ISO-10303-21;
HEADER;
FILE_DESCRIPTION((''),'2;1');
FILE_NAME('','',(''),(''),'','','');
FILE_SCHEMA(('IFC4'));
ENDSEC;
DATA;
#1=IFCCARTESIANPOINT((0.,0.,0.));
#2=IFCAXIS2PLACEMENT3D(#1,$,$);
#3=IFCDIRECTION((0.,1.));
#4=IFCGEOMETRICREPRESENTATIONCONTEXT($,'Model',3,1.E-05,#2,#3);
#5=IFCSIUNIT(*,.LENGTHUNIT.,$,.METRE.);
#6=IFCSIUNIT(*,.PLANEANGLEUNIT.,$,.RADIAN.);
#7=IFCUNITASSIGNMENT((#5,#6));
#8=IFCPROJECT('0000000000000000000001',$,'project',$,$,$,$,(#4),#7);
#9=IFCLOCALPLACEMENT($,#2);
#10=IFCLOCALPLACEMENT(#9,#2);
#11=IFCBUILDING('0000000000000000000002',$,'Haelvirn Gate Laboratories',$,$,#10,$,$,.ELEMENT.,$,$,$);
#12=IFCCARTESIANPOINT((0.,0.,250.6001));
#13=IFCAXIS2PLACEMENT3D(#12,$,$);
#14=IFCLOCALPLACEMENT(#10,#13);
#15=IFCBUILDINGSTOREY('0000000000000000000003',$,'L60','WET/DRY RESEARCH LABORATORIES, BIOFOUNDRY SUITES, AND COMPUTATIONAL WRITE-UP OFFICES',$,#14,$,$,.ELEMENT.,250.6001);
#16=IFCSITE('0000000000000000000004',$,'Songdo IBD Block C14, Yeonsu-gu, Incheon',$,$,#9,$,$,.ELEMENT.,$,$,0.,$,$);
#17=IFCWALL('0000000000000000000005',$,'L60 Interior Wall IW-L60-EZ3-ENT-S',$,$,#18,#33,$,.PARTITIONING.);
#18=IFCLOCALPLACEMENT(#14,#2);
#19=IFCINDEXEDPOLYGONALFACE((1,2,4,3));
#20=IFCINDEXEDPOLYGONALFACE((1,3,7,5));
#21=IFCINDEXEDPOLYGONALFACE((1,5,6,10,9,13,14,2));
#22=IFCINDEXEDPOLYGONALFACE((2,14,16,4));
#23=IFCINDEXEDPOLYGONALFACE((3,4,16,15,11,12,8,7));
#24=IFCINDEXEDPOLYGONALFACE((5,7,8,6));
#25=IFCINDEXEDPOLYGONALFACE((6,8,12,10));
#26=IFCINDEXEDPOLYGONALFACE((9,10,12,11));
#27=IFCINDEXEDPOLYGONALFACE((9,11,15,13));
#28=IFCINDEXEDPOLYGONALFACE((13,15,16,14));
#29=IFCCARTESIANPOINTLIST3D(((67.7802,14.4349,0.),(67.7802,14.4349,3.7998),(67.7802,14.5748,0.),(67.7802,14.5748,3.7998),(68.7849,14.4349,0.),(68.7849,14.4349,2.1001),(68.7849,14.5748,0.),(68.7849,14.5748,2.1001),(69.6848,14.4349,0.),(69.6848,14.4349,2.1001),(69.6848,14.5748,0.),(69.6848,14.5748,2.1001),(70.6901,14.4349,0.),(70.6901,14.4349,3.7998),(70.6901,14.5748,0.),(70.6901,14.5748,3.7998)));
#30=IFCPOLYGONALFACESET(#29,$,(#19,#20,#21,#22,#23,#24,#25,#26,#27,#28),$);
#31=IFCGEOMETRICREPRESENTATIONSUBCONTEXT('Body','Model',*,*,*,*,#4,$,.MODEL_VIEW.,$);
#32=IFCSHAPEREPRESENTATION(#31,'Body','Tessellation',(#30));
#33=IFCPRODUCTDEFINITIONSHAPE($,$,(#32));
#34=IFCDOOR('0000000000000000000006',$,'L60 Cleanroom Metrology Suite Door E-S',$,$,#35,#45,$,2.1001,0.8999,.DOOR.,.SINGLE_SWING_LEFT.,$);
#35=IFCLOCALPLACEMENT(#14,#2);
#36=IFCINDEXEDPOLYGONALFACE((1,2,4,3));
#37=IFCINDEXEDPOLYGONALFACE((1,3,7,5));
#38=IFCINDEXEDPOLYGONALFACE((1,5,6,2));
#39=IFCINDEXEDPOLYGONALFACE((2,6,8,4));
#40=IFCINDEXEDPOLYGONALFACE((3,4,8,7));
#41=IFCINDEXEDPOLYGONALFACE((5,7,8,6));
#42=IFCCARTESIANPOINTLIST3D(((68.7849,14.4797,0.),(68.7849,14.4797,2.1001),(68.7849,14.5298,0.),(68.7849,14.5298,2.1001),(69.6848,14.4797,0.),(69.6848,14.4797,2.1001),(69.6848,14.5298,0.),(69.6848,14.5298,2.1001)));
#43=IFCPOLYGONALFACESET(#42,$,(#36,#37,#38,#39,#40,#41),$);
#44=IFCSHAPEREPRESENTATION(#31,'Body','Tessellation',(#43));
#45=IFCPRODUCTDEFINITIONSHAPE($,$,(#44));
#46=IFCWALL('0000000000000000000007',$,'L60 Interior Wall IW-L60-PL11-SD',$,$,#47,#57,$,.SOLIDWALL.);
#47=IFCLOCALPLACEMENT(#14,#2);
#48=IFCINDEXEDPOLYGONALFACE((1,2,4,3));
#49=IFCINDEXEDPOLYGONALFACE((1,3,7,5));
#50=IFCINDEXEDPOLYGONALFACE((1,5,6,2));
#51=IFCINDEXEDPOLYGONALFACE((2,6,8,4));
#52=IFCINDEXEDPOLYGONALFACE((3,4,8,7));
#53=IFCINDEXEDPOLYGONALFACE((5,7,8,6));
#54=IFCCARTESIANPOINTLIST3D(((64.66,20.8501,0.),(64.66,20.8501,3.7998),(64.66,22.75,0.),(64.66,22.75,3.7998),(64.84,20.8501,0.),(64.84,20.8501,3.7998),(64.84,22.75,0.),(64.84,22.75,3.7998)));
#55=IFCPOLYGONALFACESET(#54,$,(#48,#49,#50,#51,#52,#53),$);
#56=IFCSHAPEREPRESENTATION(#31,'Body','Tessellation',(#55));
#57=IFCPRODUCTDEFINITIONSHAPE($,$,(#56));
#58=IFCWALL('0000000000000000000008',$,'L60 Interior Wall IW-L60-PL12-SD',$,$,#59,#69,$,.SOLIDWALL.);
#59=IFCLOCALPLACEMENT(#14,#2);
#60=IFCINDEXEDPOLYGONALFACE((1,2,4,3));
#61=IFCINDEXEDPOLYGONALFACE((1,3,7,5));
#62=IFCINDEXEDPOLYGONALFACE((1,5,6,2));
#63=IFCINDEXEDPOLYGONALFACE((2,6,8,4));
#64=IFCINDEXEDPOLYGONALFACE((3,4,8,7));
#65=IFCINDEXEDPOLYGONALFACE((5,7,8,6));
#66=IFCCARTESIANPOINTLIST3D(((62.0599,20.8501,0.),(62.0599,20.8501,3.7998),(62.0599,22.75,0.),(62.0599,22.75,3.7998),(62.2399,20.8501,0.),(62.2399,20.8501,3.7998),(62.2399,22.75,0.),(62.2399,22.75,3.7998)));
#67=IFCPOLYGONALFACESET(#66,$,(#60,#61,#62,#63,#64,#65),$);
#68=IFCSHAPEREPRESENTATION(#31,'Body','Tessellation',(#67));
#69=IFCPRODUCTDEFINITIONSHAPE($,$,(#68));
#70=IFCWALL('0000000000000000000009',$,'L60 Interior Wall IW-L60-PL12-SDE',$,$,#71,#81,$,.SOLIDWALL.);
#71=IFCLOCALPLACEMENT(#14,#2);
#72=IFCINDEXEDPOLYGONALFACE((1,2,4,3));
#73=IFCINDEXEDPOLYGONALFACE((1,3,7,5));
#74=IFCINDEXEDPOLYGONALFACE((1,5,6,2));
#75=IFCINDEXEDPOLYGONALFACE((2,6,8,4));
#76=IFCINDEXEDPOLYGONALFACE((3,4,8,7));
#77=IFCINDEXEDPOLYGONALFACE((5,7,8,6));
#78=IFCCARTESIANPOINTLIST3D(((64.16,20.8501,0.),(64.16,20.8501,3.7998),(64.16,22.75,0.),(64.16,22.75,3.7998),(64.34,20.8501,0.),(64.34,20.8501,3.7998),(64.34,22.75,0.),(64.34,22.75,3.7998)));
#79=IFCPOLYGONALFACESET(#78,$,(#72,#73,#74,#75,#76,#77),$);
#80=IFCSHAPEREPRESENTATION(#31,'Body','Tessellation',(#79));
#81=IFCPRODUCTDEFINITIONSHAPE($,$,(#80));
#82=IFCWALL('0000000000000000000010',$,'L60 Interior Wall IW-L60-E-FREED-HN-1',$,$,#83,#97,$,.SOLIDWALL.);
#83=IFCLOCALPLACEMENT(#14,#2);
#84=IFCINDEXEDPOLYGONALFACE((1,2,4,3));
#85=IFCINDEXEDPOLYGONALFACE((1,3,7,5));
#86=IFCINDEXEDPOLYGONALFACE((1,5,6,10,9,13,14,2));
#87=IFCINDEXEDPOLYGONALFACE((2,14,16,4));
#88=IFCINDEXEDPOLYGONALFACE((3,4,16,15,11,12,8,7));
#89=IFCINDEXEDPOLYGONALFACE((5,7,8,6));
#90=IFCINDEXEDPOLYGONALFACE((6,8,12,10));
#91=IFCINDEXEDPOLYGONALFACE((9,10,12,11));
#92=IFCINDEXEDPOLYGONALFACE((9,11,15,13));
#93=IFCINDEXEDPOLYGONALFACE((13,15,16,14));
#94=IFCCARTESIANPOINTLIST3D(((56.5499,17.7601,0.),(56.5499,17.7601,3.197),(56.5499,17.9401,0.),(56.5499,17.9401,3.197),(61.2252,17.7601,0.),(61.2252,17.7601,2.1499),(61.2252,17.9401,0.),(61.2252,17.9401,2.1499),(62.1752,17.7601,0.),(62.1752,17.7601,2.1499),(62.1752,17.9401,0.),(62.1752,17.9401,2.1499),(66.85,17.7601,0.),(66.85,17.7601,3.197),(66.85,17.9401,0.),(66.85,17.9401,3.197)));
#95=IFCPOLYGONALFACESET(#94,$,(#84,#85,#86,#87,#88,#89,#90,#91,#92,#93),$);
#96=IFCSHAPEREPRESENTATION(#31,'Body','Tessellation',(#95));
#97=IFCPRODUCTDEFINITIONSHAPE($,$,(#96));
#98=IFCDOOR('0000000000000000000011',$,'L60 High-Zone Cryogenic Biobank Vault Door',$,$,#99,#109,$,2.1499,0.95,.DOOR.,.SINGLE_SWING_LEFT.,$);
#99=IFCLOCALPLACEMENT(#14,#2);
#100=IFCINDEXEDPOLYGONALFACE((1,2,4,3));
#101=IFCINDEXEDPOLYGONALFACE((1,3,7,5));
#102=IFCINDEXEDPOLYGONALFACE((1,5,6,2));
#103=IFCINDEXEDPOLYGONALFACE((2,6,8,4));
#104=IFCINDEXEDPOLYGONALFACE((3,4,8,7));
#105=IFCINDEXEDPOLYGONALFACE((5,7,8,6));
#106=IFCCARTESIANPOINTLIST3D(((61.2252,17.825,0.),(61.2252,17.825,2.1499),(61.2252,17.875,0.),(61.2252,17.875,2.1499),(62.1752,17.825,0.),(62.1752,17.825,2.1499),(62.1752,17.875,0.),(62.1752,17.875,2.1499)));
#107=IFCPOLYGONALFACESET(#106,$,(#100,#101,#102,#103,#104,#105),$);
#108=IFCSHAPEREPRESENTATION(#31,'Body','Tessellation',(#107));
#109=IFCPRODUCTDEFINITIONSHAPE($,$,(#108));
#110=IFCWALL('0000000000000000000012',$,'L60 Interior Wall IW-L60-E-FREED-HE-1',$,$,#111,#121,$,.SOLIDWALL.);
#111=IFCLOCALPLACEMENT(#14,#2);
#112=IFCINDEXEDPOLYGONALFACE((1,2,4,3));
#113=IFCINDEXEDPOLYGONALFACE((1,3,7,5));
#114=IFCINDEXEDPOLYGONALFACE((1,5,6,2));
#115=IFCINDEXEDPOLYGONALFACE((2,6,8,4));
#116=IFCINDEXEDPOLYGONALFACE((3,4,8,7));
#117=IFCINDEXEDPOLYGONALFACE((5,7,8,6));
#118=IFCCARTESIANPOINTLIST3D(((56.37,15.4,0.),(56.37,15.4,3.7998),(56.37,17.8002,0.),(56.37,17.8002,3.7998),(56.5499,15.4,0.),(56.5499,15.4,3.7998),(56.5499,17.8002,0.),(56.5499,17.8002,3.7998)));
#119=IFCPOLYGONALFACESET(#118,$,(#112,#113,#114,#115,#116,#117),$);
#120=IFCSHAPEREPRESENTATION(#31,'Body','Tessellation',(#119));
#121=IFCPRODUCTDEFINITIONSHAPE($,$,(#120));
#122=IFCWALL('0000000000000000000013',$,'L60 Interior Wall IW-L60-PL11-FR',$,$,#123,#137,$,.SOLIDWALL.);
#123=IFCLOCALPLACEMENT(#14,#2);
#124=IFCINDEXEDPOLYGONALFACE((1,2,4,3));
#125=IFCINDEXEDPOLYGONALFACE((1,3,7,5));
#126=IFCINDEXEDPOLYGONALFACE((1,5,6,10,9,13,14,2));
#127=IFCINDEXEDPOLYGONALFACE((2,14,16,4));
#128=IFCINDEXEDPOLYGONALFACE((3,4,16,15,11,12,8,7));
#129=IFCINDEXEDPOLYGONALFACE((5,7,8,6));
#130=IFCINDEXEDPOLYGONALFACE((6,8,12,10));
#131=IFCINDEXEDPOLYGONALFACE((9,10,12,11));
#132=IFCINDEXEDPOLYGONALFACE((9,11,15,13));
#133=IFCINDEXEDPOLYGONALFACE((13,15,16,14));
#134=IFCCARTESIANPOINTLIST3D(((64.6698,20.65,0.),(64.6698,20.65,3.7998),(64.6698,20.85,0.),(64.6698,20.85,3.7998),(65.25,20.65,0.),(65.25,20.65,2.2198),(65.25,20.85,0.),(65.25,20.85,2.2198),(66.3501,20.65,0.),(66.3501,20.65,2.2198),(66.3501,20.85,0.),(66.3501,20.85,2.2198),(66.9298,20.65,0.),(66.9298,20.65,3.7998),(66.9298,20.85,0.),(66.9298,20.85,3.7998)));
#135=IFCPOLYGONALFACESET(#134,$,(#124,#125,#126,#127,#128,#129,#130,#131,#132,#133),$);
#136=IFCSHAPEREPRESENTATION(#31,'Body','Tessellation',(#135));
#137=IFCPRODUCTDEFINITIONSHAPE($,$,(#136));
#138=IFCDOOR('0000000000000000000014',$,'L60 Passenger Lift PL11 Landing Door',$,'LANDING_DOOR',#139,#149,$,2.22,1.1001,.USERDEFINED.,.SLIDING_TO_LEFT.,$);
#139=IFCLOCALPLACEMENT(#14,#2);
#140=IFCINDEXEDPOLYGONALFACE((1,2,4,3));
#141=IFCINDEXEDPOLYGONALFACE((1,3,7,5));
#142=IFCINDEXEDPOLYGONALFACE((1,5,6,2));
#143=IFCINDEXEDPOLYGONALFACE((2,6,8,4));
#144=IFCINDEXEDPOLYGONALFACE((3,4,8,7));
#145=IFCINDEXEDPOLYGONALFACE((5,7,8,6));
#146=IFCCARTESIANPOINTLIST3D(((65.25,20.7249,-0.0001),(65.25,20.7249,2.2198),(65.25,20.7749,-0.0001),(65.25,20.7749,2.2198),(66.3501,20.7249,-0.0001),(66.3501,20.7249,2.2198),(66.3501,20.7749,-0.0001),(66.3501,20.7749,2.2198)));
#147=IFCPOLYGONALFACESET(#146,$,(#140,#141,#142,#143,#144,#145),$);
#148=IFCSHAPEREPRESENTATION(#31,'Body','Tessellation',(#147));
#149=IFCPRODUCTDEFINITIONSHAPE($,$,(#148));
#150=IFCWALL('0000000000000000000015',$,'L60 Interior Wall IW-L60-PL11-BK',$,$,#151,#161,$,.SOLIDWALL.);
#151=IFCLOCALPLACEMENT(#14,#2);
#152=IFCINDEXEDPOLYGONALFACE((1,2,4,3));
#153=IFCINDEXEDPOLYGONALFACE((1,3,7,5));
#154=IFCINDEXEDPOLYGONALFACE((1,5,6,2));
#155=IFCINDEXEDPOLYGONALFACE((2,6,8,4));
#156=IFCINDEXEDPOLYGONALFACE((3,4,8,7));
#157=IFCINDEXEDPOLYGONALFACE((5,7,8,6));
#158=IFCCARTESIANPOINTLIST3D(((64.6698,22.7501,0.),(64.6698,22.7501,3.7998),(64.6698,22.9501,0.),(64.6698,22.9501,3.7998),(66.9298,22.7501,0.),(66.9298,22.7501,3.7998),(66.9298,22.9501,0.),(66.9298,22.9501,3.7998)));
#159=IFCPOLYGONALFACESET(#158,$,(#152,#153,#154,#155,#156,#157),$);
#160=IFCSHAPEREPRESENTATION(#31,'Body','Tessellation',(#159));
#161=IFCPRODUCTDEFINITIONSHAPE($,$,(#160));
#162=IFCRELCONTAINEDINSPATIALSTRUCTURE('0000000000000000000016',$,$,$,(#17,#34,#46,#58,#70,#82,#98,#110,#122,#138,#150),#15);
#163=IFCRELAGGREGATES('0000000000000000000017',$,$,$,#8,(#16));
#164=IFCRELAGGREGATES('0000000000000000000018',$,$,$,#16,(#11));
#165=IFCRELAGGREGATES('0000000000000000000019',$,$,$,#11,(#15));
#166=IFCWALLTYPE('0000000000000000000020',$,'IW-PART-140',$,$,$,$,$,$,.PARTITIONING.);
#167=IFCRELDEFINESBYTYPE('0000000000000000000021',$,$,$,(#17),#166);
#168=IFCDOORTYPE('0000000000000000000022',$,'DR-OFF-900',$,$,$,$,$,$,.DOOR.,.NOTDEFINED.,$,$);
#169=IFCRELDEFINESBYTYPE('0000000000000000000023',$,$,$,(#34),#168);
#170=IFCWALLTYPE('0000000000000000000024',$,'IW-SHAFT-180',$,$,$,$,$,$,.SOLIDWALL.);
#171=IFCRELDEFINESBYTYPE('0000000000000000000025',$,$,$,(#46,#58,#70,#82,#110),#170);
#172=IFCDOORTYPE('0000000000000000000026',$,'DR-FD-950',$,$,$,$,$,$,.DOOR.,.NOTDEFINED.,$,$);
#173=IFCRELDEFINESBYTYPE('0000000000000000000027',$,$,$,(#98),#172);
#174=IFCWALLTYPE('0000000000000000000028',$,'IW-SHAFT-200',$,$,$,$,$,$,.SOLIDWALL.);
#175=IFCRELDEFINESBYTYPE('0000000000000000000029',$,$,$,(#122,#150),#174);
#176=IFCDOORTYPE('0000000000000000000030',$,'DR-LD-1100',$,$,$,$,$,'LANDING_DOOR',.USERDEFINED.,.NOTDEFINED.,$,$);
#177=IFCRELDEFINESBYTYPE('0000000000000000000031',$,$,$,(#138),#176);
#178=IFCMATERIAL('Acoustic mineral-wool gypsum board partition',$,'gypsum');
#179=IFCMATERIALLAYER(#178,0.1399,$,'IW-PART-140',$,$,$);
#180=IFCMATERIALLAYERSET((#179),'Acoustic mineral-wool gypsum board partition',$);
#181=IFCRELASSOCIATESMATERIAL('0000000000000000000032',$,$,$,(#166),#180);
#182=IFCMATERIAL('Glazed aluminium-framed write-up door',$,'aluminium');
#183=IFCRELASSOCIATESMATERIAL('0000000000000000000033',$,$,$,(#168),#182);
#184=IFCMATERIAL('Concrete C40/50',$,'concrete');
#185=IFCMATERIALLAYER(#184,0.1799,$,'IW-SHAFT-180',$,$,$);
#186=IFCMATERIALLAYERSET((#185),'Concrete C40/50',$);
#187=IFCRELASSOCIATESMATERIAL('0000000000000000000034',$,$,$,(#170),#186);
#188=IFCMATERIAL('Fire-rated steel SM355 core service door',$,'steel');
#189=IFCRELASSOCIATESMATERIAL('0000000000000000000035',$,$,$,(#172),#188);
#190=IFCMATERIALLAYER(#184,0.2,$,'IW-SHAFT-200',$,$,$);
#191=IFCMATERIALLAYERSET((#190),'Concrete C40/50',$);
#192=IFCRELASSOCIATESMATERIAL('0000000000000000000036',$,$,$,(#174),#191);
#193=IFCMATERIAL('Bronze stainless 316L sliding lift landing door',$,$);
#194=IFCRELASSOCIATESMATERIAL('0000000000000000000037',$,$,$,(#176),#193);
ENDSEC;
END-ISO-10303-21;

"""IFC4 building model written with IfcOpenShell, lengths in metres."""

from ifc_helpers import new_model, si_unit, direction, frame, frame_2d, origin, place, context, subcontext, project, spatial, rectangle, extrude, source, transform, mapped, material, layer, layer_set, type_object, type_shapes, element, fill, save


model = new_model("IFC4")

# Units and contexts
model_context = context("Model", 3, precision=1e-05, world=origin(), true_north=direction((0.0, 1.0)))
body_context = subcontext(model_context, "Body", "Model", "MODEL_VIEW")
ifc_project = project(units=[si_unit("LENGTHUNIT", "METRE"), si_unit("PLANEANGLEUNIT", "RADIAN")], contexts=[model_context])

# Site, building, storey
site_placement = place(None, origin())
site = spatial("IfcSite", under=ifc_project, at=site_placement, Name="Songdo IBD Block C14, Yeonsu-gu, Incheon", CompositionType="ELEMENT", RefElevation=0.0)
building_placement = place(site_placement, origin())
building = spatial("IfcBuilding", under=site, at=building_placement, Name="Haelvirn Gate Laboratories", CompositionType="ELEMENT")
storey_placement = place(building_placement, frame((0.0, 0.0, 250.6001)))
storey = spatial("IfcBuildingStorey", under=building, at=storey_placement, Name="L60", Description="WET/DRY RESEARCH LABORATORIES, BIOFOUNDRY SUITES, AND COMPUTATIONAL WRITE-UP OFFICES", CompositionType="ELEMENT", Elevation=250.6001)

# Wall, opening, door
ifc_material_1 = material(Name="Acoustic mineral-wool gypsum board partition", Category="gypsum")
ifc_layer_1 = layer(ifc_material_1, 0.1399, Name="IW-PART-140")
ifc_layer_set_1 = layer_set([ifc_layer_1], Name="Acoustic mineral-wool gypsum board partition")
wall_type_1 = type_object("IfcWallType", Name="IW-PART-140", PredefinedType="PARTITIONING", material=ifc_layer_set_1)
wall_1_placement = place(storey_placement, frame((67.78, 14.5049, 0.0), z_axis=(0.0, 0.0, 1.0), x_axis=(1.0, 0.0, 0.0)))
wall_1 = element("IfcWall", 1, at=wall_1_placement, inside=storey, type_object=wall_type_1, Name="L60 Interior Wall IW-L60-EZ3-ENT-S", PredefinedType="PARTITIONING", context=body_context, shape_type="SweptSolid", body=[
    extrude(rectangle(XDim=2.9099, YDim=0.1399, at=frame_2d((1.4551, 0.0))), origin(), (0.0, 0.0, 1.0), 3.7998),
])
opening_1_placement = place(wall_1_placement, frame((1.0049, 0.0, 0.0)))
opening_1 = element("IfcOpeningElement", 2, at=opening_1_placement, cuts=wall_1, PredefinedType="OPENING", context=body_context, shape_type="SweptSolid", body=[
    extrude(rectangle(XDim=0.8999, YDim=2.1001, at=frame_2d((0.45, 1.05))), frame((0.0, 0.0801, 0.0), z_axis=(0.0, -1.0, 0.0), x_axis=(1.0, 0.0, 0.0)), (0.0, 0.0, 1.0), 0.1599),
])
ifc_material_2 = material(Name="Glazed aluminium-framed write-up door", Category="aluminium")
door_type_1 = type_object("IfcDoorType", Name="DR-OFF-900", OperationType="NOTDEFINED", PredefinedType="DOOR", material=ifc_material_2)
shared_shape_1 = source(origin(), body_context, "Body", "SweptSolid", [
    extrude(rectangle(XDim=0.8999, YDim=2.1001, at=frame_2d((0.45, 1.05))), frame((0.0, 0.0249, 0.0), z_axis=(0.0, -1.0, 0.0), x_axis=(1.0, 0.0, 0.0)), (0.0, 0.0, 1.0), 0.05),
])
type_shapes(door_type_1, [shared_shape_1])
door_1_placement = place(opening_1_placement, origin())
door_1 = element("IfcDoor", 3, at=door_1_placement, inside=storey, type_object=door_type_1, Name="L60 Cleanroom Metrology Suite Door E-S", OperationType="SINGLE_SWING_LEFT", OverallHeight=2.1001, OverallWidth=0.8999, PredefinedType="DOOR", context=body_context, shape_type="MappedRepresentation", body=[
    mapped(shared_shape_1, transform((0.0, 0.0, 0.0), scale=1.0)),
])
fill(opening_1, door_1)

# Walls
ifc_material_3 = material(Name="Concrete C40/50", Category="concrete")
ifc_layer_2 = layer(ifc_material_3, 0.1799, Name="IW-SHAFT-180")
ifc_layer_set_2 = layer_set([ifc_layer_2], Name="Concrete C40/50")
wall_type_2 = type_object("IfcWallType", Name="IW-SHAFT-180", PredefinedType="SOLIDWALL", material=ifc_layer_set_2)
for number, where, z_axis, x_axis, name in (
    (4, (64.75, 20.8501, 0.0), (0.0, 0.0, 1.0), (0.0, 1.0, 0.0), "L60 Interior Wall IW-L60-PL11-SD"),
    (5, (62.1499, 20.8501, 0.0), (0.0, 0.0, 1.0), (0.0, 1.0, 0.0), "L60 Interior Wall IW-L60-PL12-SD"),
    (6, (64.25, 20.8501, 0.0), (0.0, 0.0, 1.0), (0.0, 1.0, 0.0), "L60 Interior Wall IW-L60-PL12-SDE"),
):
    element("IfcWall", number, at=place(storey_placement, frame(where, z_axis=z_axis, x_axis=x_axis)), inside=storey, type_object=wall_type_2, Name=name, PredefinedType="SOLIDWALL", context=body_context, shape_type="SweptSolid", body=[
        extrude(rectangle(XDim=1.8999, YDim=0.1799, at=frame_2d((0.95, 0.0))), origin(), (0.0, 0.0, 1.0), 3.7998),
    ])

# Wall, opening, door
wall_2_placement = place(storey_placement, frame((56.55, 17.8501, 0.0), z_axis=(0.0, 0.0, 1.0), x_axis=(1.0, 0.0, 0.0)))
wall_2 = element("IfcWall", 7, at=wall_2_placement, inside=storey, type_object=wall_type_2, Name="L60 Interior Wall IW-L60-E-FREED-HN-1", PredefinedType="SOLIDWALL", context=body_context, shape_type="SweptSolid", body=[
    extrude(rectangle(XDim=10.3, YDim=0.1799, at=frame_2d((5.1499, 0.0))), origin(), (0.0, 0.0, 1.0), 3.197),
])
opening_2_placement = place(wall_2_placement, frame((4.675, 0.0, 0.0)))
opening_2 = element("IfcOpeningElement", 8, at=opening_2_placement, cuts=wall_2, PredefinedType="OPENING", context=body_context, shape_type="SweptSolid", body=[
    extrude(rectangle(XDim=0.95, YDim=2.1499, at=frame_2d((0.4751, 1.075))), frame((0.0, 0.1001, 0.0), z_axis=(0.0, -1.0, 0.0), x_axis=(1.0, 0.0, 0.0)), (0.0, 0.0, 1.0), 0.2),
])
ifc_material_4 = material(Name="Fire-rated steel SM355 core service door", Category="steel")
door_type_2 = type_object("IfcDoorType", Name="DR-FD-950", OperationType="NOTDEFINED", PredefinedType="DOOR", material=ifc_material_4)
shared_shape_2 = source(origin(), body_context, "Body", "SweptSolid", [
    extrude(rectangle(XDim=0.95, YDim=2.1499, at=frame_2d((0.4751, 1.075))), frame((0.0, 0.0249, 0.0), z_axis=(0.0, -1.0, 0.0), x_axis=(1.0, 0.0, 0.0)), (0.0, 0.0, 1.0), 0.05),
])
type_shapes(door_type_2, [shared_shape_2])
door_2_placement = place(opening_2_placement, origin())
door_2 = element("IfcDoor", 9, at=door_2_placement, inside=storey, type_object=door_type_2, Name="L60 High-Zone Cryogenic Biobank Vault Door", OperationType="SINGLE_SWING_LEFT", OverallHeight=2.1499, OverallWidth=0.95, PredefinedType="DOOR", context=body_context, shape_type="MappedRepresentation", body=[
    mapped(shared_shape_2, transform((0.0, 0.0, 0.0), scale=1.0)),
])
fill(opening_2, door_2)

# Wall
wall_3_placement = place(storey_placement, frame((56.46, 15.3999, 0.0), z_axis=(0.0, 0.0, 1.0), x_axis=(0.0, 1.0, 0.0)))
element("IfcWall", 10, at=wall_3_placement, inside=storey, type_object=wall_type_2, Name="L60 Interior Wall IW-L60-E-FREED-HE-1", PredefinedType="SOLIDWALL", context=body_context, shape_type="SweptSolid", body=[
    extrude(rectangle(XDim=2.4001, YDim=0.1799, at=frame_2d((1.2002, 0.0))), origin(), (0.0, 0.0, 1.0), 3.7998),
])

# Wall, opening, door
ifc_layer_3 = layer(ifc_material_3, 0.2, Name="IW-SHAFT-200")
ifc_layer_set_3 = layer_set([ifc_layer_3], Name="Concrete C40/50")
wall_type_3 = type_object("IfcWallType", Name="IW-SHAFT-200", PredefinedType="SOLIDWALL", material=ifc_layer_set_3)
wall_4_placement = place(storey_placement, frame((64.6699, 20.75, 0.0), z_axis=(0.0, 0.0, 1.0), x_axis=(1.0, 0.0, 0.0)))
wall_4 = element("IfcWall", 11, at=wall_4_placement, inside=storey, type_object=wall_type_3, Name="L60 Interior Wall IW-L60-PL11-FR", PredefinedType="SOLIDWALL", context=body_context, shape_type="SweptSolid", body=[
    extrude(rectangle(XDim=2.26, YDim=0.2, at=frame_2d((1.1299, 0.0))), origin(), (0.0, 0.0, 1.0), 3.7998),
])
opening_3_placement = place(wall_4_placement, frame((0.5801, 0.0, 0.0)))
opening_3 = element("IfcOpeningElement", 12, at=opening_3_placement, cuts=wall_4, PredefinedType="OPENING", context=body_context, shape_type="SweptSolid", body=[
    extrude(rectangle(XDim=1.1001, YDim=2.22, at=frame_2d((0.55, 1.1099))), frame((0.0, 0.1099, 0.0), z_axis=(0.0, -1.0, 0.0), x_axis=(1.0, 0.0, 0.0)), (0.0, 0.0, 1.0), 0.22),
])
ifc_material_5 = material(Name="Bronze stainless 316L sliding lift landing door")
door_type_3 = type_object("IfcDoorType", Name="DR-LD-1100", ElementType="LANDING_DOOR", OperationType="NOTDEFINED", PredefinedType="USERDEFINED", material=ifc_material_5)
shared_shape_3 = source(origin(), body_context, "Body", "SweptSolid", [
    extrude(rectangle(XDim=1.1001, YDim=2.22, at=frame_2d((0.55, 1.1099))), frame((0.0, 0.0249, 0.0), z_axis=(0.0, -1.0, 0.0), x_axis=(1.0, 0.0, 0.0)), (0.0, 0.0, 1.0), 0.05),
])
type_shapes(door_type_3, [shared_shape_3])
door_3_placement = place(opening_3_placement, origin())
door_3 = element("IfcDoor", 13, at=door_3_placement, inside=storey, type_object=door_type_3, Name="L60 Passenger Lift PL11 Landing Door", ObjectType="LANDING_DOOR", OperationType="SLIDING_TO_LEFT", OverallHeight=2.22, OverallWidth=1.1001, PredefinedType="USERDEFINED", context=body_context, shape_type="MappedRepresentation", body=[
    mapped(shared_shape_3, transform((0.0, 0.0, 0.0), scale=1.0)),
])
fill(opening_3, door_3)

# Wall
wall_5_placement = place(storey_placement, frame((64.6699, 22.8501, 0.0), z_axis=(0.0, 0.0, 1.0), x_axis=(1.0, 0.0, 0.0)))
element("IfcWall", 14, at=wall_5_placement, inside=storey, type_object=wall_type_3, Name="L60 Interior Wall IW-L60-PL11-BK", PredefinedType="SOLIDWALL", context=body_context, shape_type="SweptSolid", body=[
    extrude(rectangle(XDim=2.26, YDim=0.2, at=frame_2d((1.1299, 0.0))), origin(), (0.0, 0.0, 1.0), 3.7998),
])

save(model, "model.ifc")
